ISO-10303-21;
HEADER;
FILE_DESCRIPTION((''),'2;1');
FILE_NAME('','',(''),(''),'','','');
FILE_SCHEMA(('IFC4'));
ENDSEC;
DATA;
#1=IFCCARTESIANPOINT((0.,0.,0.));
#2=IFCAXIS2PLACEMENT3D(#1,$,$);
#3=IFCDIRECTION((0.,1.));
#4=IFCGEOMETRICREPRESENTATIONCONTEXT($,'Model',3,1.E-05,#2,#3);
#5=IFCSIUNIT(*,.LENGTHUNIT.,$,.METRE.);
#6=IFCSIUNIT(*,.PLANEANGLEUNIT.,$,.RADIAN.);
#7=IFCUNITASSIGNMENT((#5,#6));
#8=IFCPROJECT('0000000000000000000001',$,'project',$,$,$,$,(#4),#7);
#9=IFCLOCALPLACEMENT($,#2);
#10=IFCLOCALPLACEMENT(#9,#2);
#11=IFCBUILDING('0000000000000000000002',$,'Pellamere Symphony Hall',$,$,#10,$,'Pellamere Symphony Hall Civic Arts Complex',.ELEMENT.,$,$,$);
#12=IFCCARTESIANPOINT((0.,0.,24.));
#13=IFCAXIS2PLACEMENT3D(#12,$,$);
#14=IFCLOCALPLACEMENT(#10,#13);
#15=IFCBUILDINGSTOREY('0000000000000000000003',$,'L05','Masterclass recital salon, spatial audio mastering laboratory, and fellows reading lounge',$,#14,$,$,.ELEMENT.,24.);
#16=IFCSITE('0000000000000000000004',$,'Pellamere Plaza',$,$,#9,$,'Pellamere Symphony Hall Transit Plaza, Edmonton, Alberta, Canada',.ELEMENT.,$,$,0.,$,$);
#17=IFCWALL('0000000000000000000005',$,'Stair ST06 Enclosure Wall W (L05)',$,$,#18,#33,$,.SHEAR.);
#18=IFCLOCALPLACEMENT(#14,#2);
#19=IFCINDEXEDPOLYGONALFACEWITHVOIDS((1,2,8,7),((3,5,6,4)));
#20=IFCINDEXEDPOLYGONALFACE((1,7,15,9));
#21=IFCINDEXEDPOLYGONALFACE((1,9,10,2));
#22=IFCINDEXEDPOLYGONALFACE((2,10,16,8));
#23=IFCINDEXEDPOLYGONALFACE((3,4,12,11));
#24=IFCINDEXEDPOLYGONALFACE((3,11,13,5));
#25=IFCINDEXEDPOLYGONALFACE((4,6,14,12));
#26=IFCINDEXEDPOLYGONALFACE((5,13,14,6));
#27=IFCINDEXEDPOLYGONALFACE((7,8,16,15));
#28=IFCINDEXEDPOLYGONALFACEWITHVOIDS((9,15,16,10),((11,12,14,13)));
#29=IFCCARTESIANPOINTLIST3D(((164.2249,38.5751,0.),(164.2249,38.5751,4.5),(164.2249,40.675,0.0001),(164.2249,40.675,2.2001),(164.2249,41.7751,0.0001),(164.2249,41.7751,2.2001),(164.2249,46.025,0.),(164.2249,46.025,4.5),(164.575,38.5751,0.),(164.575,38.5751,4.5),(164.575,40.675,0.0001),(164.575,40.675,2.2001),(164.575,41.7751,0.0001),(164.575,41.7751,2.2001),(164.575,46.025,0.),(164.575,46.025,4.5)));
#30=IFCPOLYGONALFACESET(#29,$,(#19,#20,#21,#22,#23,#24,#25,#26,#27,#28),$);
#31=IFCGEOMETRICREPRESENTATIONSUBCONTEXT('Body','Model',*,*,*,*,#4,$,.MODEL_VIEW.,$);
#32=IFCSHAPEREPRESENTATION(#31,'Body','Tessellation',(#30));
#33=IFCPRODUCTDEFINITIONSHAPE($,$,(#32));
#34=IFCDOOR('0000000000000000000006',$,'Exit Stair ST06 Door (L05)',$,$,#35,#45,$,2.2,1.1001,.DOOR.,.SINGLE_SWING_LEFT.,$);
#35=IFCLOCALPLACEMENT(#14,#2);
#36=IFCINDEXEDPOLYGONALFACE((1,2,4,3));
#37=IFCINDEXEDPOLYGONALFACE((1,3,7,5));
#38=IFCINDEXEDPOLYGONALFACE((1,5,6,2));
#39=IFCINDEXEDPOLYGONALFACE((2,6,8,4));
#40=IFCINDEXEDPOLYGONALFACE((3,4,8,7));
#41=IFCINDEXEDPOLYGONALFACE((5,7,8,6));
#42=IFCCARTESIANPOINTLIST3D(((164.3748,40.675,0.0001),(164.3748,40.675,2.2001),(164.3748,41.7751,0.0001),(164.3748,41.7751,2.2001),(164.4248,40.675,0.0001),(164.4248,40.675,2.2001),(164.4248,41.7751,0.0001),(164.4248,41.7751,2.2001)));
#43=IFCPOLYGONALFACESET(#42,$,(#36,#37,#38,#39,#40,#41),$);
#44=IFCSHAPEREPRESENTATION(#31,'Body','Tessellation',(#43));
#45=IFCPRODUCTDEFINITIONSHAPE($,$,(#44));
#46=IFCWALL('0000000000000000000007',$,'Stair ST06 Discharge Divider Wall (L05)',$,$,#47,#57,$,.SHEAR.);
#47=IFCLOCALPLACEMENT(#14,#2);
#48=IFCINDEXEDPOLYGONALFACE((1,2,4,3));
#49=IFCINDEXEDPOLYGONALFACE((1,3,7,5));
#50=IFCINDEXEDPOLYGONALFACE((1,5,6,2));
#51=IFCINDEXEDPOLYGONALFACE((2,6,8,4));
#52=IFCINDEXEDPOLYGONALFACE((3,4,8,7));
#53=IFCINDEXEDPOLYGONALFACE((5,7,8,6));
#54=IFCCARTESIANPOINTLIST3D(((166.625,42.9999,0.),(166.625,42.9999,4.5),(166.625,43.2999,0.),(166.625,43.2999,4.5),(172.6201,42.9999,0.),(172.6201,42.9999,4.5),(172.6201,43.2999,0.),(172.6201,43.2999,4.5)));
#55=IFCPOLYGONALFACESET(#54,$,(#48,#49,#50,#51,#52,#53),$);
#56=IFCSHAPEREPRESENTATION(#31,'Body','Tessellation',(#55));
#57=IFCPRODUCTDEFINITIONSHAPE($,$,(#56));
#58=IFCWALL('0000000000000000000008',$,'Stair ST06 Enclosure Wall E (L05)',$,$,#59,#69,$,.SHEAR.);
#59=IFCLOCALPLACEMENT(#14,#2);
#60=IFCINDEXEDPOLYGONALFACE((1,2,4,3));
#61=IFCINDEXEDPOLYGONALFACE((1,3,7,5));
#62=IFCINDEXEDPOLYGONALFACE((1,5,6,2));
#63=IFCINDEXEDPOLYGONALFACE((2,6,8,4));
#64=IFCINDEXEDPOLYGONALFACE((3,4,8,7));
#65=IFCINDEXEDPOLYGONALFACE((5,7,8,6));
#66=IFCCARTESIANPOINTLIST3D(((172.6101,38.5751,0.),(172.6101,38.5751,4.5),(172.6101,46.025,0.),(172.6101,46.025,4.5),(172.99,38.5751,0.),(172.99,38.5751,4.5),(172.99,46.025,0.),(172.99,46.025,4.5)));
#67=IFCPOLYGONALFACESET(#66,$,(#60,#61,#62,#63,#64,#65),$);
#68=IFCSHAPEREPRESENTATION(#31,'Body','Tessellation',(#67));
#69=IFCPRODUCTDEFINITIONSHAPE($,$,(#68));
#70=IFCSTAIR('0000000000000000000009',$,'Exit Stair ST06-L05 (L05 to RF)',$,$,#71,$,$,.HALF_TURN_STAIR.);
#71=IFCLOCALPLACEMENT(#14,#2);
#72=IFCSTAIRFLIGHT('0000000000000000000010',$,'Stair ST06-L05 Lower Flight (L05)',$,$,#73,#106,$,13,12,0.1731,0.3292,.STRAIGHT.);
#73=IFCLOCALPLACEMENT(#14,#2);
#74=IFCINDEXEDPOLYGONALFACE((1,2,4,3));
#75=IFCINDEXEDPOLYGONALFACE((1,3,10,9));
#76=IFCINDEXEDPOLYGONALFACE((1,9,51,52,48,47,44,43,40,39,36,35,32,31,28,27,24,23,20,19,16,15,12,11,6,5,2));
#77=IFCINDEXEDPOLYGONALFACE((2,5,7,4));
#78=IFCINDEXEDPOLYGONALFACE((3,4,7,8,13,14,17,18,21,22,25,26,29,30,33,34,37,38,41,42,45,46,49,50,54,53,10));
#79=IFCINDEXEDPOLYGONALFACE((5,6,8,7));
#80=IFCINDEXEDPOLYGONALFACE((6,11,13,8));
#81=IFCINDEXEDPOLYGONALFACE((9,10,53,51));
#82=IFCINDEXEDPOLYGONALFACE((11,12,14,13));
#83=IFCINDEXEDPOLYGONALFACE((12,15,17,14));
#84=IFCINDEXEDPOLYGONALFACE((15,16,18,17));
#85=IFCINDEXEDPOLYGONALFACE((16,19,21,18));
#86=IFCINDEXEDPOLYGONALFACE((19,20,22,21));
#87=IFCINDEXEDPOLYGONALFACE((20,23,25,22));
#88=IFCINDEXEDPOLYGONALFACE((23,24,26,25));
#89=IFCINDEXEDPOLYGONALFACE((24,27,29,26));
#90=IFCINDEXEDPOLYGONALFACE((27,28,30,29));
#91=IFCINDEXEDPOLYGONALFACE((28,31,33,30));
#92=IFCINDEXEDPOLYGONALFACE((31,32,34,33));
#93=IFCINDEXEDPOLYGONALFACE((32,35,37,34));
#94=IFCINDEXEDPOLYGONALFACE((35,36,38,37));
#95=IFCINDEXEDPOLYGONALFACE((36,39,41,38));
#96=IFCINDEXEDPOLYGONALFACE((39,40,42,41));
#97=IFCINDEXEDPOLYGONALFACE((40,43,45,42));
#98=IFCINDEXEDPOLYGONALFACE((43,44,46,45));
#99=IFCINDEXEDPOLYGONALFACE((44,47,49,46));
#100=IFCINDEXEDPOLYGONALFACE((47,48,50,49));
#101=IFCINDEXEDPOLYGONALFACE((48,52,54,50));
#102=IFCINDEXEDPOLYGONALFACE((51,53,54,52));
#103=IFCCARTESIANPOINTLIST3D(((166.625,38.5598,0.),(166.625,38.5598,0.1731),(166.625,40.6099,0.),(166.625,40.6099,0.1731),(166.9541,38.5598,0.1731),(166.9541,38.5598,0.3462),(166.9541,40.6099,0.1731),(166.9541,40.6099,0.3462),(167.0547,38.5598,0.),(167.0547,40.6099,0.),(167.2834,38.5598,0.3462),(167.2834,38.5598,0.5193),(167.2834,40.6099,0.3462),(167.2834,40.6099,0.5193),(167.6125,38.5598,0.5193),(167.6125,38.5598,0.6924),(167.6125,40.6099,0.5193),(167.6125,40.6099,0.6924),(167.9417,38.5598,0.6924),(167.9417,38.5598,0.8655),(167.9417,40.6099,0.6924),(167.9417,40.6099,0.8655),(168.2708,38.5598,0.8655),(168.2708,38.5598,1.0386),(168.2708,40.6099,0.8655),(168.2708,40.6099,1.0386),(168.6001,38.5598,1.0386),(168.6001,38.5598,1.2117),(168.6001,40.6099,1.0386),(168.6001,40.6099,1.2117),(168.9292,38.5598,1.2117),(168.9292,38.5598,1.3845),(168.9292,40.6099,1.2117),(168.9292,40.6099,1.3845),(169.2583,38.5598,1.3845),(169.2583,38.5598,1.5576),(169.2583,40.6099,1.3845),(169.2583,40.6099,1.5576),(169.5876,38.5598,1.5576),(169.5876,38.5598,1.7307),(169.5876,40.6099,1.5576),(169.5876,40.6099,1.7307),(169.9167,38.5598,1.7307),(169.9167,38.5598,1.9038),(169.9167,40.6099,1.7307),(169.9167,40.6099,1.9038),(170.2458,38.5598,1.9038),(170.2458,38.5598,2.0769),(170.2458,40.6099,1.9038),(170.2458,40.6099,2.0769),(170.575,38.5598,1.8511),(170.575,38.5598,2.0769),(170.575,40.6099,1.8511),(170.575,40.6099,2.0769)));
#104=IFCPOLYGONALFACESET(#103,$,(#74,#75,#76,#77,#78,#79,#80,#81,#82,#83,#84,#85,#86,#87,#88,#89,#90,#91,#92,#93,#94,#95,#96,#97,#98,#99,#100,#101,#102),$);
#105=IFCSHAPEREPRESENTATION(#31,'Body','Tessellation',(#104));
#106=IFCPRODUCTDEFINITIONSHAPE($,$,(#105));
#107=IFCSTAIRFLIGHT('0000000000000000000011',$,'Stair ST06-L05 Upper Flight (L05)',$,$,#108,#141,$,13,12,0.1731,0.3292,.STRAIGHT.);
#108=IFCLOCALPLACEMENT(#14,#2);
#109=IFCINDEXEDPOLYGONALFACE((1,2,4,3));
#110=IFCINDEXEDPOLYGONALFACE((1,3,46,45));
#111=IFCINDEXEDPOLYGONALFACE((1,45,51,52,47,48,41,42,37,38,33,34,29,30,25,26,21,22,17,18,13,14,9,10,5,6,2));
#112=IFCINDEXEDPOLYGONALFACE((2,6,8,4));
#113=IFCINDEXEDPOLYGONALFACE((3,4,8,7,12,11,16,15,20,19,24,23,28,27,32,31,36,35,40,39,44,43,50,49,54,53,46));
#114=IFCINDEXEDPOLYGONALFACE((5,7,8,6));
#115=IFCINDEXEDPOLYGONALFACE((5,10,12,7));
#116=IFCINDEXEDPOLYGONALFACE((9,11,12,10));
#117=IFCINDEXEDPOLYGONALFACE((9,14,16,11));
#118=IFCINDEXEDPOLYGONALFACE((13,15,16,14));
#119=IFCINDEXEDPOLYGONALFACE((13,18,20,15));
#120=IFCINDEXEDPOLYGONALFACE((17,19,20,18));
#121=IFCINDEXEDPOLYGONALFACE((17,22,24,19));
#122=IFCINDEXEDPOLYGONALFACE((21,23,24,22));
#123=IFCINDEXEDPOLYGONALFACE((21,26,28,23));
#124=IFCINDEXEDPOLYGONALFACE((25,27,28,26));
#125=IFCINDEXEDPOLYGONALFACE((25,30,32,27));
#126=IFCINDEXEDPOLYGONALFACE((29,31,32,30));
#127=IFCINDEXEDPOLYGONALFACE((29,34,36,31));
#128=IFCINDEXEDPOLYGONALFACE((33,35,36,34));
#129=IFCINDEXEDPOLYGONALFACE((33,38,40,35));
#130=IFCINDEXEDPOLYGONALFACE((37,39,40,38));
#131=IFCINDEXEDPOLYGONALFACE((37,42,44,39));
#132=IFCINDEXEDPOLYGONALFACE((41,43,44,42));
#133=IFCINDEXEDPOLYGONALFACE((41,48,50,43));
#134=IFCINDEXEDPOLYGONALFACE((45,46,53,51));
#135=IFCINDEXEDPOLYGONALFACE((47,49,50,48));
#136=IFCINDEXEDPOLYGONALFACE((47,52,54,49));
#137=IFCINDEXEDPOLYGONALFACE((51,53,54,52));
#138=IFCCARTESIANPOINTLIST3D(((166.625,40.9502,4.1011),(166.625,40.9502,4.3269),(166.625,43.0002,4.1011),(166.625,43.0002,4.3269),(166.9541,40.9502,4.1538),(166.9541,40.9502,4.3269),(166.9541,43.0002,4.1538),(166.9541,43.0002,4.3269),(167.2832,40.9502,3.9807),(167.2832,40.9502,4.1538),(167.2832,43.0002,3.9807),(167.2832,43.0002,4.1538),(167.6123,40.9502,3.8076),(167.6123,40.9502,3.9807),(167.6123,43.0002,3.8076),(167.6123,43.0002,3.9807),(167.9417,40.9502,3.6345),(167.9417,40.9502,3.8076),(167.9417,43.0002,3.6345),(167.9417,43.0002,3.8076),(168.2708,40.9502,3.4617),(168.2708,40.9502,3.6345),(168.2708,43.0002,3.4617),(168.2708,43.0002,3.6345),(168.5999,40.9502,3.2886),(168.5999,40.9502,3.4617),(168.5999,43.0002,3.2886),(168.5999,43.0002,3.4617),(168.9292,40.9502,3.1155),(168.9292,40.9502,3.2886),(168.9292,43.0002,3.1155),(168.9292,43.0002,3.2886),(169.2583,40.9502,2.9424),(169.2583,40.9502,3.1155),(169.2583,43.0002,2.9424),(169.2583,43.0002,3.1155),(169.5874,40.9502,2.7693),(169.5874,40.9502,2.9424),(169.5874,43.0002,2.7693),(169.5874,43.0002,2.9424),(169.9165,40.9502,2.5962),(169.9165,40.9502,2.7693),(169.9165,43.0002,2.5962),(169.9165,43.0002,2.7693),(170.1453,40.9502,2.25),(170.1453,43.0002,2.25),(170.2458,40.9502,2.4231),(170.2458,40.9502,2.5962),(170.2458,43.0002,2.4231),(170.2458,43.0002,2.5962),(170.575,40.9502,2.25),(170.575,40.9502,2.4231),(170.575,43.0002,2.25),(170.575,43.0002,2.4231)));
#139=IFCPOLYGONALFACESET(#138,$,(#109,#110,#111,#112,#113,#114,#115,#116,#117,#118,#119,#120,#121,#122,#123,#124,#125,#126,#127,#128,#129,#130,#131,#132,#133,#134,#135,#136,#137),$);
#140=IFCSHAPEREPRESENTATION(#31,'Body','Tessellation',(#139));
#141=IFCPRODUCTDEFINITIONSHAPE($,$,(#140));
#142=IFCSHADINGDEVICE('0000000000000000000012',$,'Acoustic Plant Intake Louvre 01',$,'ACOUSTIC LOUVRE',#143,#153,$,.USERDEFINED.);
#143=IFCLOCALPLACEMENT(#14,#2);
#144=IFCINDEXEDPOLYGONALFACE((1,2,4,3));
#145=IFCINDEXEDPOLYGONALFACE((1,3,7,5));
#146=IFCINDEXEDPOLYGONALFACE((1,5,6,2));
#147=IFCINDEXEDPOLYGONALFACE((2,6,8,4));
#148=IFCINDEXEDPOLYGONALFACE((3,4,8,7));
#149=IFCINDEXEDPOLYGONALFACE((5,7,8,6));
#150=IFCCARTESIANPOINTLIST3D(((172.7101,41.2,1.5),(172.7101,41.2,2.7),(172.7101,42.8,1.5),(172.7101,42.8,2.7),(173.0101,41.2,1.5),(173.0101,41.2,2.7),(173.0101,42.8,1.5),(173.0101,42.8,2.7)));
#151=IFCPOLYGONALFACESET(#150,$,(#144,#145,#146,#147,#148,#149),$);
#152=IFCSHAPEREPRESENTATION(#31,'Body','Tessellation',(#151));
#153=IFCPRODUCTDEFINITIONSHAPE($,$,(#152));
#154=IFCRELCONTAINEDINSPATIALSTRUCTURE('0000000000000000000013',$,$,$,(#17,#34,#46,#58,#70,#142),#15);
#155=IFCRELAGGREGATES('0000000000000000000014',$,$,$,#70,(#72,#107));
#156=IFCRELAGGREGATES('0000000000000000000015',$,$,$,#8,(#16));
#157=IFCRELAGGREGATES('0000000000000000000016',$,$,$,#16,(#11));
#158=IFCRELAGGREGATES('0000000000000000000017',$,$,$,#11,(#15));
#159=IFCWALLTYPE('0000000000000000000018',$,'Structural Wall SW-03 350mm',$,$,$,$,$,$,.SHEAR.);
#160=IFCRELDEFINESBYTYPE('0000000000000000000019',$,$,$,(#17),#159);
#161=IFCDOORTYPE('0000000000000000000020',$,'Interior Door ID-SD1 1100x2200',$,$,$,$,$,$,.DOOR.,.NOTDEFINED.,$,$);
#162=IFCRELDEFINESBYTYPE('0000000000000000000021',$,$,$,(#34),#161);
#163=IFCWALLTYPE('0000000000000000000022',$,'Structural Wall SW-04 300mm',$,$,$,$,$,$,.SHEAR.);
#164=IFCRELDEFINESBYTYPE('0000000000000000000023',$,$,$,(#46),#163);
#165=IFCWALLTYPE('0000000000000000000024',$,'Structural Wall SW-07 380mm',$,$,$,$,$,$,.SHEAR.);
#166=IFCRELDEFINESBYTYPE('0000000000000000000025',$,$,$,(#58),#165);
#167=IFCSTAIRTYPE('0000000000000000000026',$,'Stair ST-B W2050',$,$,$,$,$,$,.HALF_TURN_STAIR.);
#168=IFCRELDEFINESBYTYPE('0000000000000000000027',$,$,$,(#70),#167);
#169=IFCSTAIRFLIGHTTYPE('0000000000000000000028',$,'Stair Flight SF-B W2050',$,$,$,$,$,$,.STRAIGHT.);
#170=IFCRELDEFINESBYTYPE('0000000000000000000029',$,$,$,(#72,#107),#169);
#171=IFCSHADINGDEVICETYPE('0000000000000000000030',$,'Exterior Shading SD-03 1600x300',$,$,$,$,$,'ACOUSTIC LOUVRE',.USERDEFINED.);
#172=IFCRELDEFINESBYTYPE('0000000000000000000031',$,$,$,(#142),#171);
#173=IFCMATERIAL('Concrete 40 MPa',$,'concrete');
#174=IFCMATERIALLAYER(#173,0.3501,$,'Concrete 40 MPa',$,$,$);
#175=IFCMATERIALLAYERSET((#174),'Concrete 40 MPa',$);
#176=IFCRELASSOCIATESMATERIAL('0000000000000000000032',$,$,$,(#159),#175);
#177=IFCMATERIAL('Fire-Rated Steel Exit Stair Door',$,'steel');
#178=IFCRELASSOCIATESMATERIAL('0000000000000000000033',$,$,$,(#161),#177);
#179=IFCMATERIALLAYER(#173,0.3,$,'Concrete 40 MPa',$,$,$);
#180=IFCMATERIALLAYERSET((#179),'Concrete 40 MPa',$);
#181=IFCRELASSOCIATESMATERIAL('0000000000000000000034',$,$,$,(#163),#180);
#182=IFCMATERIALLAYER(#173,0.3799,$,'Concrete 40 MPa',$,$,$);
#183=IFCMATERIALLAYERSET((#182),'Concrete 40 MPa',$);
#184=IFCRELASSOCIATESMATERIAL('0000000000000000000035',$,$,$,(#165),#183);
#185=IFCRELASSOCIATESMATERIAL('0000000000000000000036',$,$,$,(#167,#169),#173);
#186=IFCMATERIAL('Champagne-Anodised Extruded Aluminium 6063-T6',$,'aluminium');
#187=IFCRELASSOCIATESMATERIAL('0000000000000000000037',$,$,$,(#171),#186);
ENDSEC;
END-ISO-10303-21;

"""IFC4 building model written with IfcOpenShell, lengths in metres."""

from ifc_helpers import new_model, si_unit, direction, frame, frame_2d, origin, origin_2d, place, context, subcontext, project, spatial, polyline, rectangle, outline, extrude, material, layer, layer_set, type_object, element, fill, aggregate, save


model = new_model("IFC4")

# Units and contexts
model_context = context("Model", 3, precision=1e-05, world=origin(), true_north=direction((0.0, 1.0)))
body_context = subcontext(model_context, "Body", "Model", "MODEL_VIEW")
ifc_project = project(units=[si_unit("LENGTHUNIT", "METRE"), si_unit("PLANEANGLEUNIT", "RADIAN")], contexts=[model_context])

# Site, building, storey
site_placement = place(None, origin())
site = spatial("IfcSite", under=ifc_project, at=site_placement, Name="Pellamere Plaza", LongName="Pellamere Symphony Hall Transit Plaza, Edmonton, Alberta, Canada", CompositionType="ELEMENT", RefElevation=0.0)
building_placement = place(site_placement, origin())
building = spatial("IfcBuilding", under=site, at=building_placement, Name="Pellamere Symphony Hall", LongName="Pellamere Symphony Hall Civic Arts Complex", CompositionType="ELEMENT")
storey_placement = place(building_placement, frame((0.0, 0.0, 24.0)))
storey = spatial("IfcBuildingStorey", under=building, at=storey_placement, Name="L05", Description="Masterclass recital salon, spatial audio mastering laboratory, and fellows reading lounge", CompositionType="ELEMENT", Elevation=24.0)

# Shared definitions
ifc_material_1 = material(Name="Concrete 40 MPa", Category="concrete")

# Shared definitions
ifc_layer_1 = layer(ifc_material_1, 0.3501, Name="Concrete 40 MPa")
ifc_layer_set_1 = layer_set([ifc_layer_1], Name="Concrete 40 MPa")
wall_type_1 = type_object("IfcWallType", Name="Structural Wall SW-03 350mm", PredefinedType="SHEAR", material=ifc_layer_set_1)

# Wall, opening, door
wall_1_placement = place(storey_placement, frame((164.3999, 38.575, 0.0), z_axis=(0.0, 0.0, 1.0), x_axis=(0.0, 1.0, 0.0)))
wall_1 = element("IfcWall", 1, at=wall_1_placement, inside=storey, type_object=wall_type_1, Name="Stair ST06 Enclosure Wall W (L05)", PredefinedType="SHEAR", context=body_context, shape_type="SweptSolid", body=[
    extrude(rectangle(XDim=7.45, YDim=0.3501, at=frame_2d((3.7251, 0.0))), origin(), (0.0, 0.0, 1.0), 4.5),
])
opening_1_placement = place(wall_1_placement, frame((2.1001, 0.0, 0.0)))
opening_1 = element("IfcOpeningElement", 2, at=opening_1_placement, cuts=wall_1, PredefinedType="OPENING", context=body_context, shape_type="SweptSolid", body=[
    extrude(rectangle(XDim=1.1001, YDim=2.2, at=frame_2d((0.55, 1.1001))), frame((0.0, 0.1851, 0.0), z_axis=(0.0, -1.0, 0.0), x_axis=(1.0, 0.0, 0.0)), (0.0, 0.0, 1.0), 0.3701),
])
ifc_material_2 = material(Name="Fire-Rated Steel Exit Stair Door", Category="steel")
door_type = type_object("IfcDoorType", Name="Interior Door ID-SD1 1100x2200", OperationType="NOTDEFINED", PredefinedType="DOOR", material=ifc_material_2)
door_placement = place(opening_1_placement, frame((1.1001, 0.0, 0.0), z_axis=(0.0, 0.0, 1.0), x_axis=(-1.0, 0.0, 0.0)))
door = element("IfcDoor", 3, at=door_placement, inside=storey, type_object=door_type, Name="Exit Stair ST06 Door (L05)", OperationType="SINGLE_SWING_LEFT", OverallHeight=2.2, OverallWidth=1.1001, PredefinedType="DOOR", context=body_context, shape_type="SweptSolid", body=[
    extrude(rectangle(XDim=1.1001, YDim=2.2, at=frame_2d((0.55, 1.1001))), frame((0.0, 0.0249, 0.0), z_axis=(0.0, -1.0, 0.0), x_axis=(1.0, 0.0, 0.0)), (0.0, 0.0, 1.0), 0.05),
])
fill(opening_1, door)

# Walls
ifc_layer_2 = layer(ifc_material_1, 0.3, Name="Concrete 40 MPa")
ifc_layer_set_2 = layer_set([ifc_layer_2], Name="Concrete 40 MPa")
wall_type_2 = type_object("IfcWallType", Name="Structural Wall SW-04 300mm", PredefinedType="SHEAR", material=ifc_layer_set_2)
wall_2_placement = place(storey_placement, frame((166.625, 43.1499, 0.0), z_axis=(0.0, 0.0, 1.0), x_axis=(1.0, 0.0, 0.0)))
element("IfcWall", 4, at=wall_2_placement, inside=storey, type_object=wall_type_2, Name="Stair ST06 Discharge Divider Wall (L05)", PredefinedType="SHEAR", context=body_context, shape_type="SweptSolid", body=[
    extrude(rectangle(XDim=5.9951, YDim=0.3, at=frame_2d((2.9976, 0.0))), origin(), (0.0, 0.0, 1.0), 4.5),
])
ifc_layer_3 = layer(ifc_material_1, 0.3799, Name="Concrete 40 MPa")
ifc_layer_set_3 = layer_set([ifc_layer_3], Name="Concrete 40 MPa")
wall_type_3 = type_object("IfcWallType", Name="Structural Wall SW-07 380mm", PredefinedType="SHEAR", material=ifc_layer_set_3)
wall_3_placement = place(storey_placement, frame((172.8, 38.575, 0.0), z_axis=(0.0, 0.0, 1.0), x_axis=(0.0, 1.0, 0.0)))
element("IfcWall", 5, at=wall_3_placement, inside=storey, type_object=wall_type_3, Name="Stair ST06 Enclosure Wall E (L05)", PredefinedType="SHEAR", context=body_context, shape_type="SweptSolid", body=[
    extrude(rectangle(XDim=7.45, YDim=0.3799, at=frame_2d((3.7251, 0.0))), origin(), (0.0, 0.0, 1.0), 4.5),
])

# Stair, stair flights
stair_type = type_object("IfcStairType", Name="Stair ST-B W2050", PredefinedType="HALF_TURN_STAIR", material=ifc_material_1)
stair_placement = place(storey_placement, origin())
stair = element("IfcStair", 6, at=stair_placement, inside=storey, type_object=stair_type, Name="Exit Stair ST06-L05 (L05 to RF)", PredefinedType="HALF_TURN_STAIR")
stair_flight_type = type_object("IfcStairFlightType", Name="Stair Flight SF-B W2050", PredefinedType="STRAIGHT", material=ifc_material_1)
stair_flight_1_placement = place(storey_placement, frame((166.625, 39.585, 0.0), z_axis=(0.0, 0.0, 1.0), x_axis=(1.0, 0.0, 0.0)))
stair_flight_1 = element("IfcStairFlight", 7, at=stair_flight_1_placement, type_object=stair_flight_type, Name="Stair ST06-L05 Lower Flight (L05)", NumberOfRisers=13, NumberOfTreads=12, PredefinedType="STRAIGHT", RiserHeight=0.1731, TreadLength=0.3292, context=body_context, shape_type="SweptSolid", body=[
    extrude(outline(polyline([(0.0, 0.0), (0.0, 0.1731), (0.3291, 0.1731), (0.3291, 0.3462), (0.6584, 0.3462), (0.6584, 0.5193), (0.9875, 0.5193), (0.9875, 0.6924), (1.3167, 0.6924), (1.3167, 0.8655), (1.6458, 0.8655), (1.6458, 1.0386), (1.9751, 1.0386), (1.9751, 1.2117), (2.3042, 1.2117), (2.3042, 1.3845), (2.6333, 1.3845), (2.6333, 1.5576), (2.9626, 1.5576), (2.9626, 1.7307), (3.2917, 1.7307), (3.2917, 1.9038), (3.6208, 1.9038), (3.6208, 2.0769), (3.95, 2.0769), (3.95, 2.25), (3.95, 1.8511), (0.4297, 0.0), (0.0, 0.0)])), frame((0.0, 1.0249, 0.0), z_axis=(0.0, -1.0, 0.0), x_axis=(1.0, 0.0, 0.0)), (0.0, 0.0, 1.0), 2.05),
])
stair_flight_2_placement = place(storey_placement, frame((170.575, 41.9751, 2.25), z_axis=(0.0, 0.0, 1.0), x_axis=(-1.0, 0.0, 0.0)))
stair_flight_2 = element("IfcStairFlight", 8, at=stair_flight_2_placement, type_object=stair_flight_type, Name="Stair ST06-L05 Upper Flight (L05)", NumberOfRisers=13, NumberOfTreads=12, PredefinedType="STRAIGHT", RiserHeight=0.1731, TreadLength=0.3292, context=body_context, shape_type="SweptSolid", body=[
    extrude(outline(polyline([(0.0, 0.0), (0.0, 0.1731), (0.3291, 0.1731), (0.3291, 0.3462), (0.6584, 0.3462), (0.6584, 0.5193), (0.9875, 0.5193), (0.9875, 0.6924), (1.3167, 0.6924), (1.3167, 0.8655), (1.6458, 0.8655), (1.6458, 1.0386), (1.9751, 1.0386), (1.9751, 1.2117), (2.3042, 1.2117), (2.3042, 1.3845), (2.6333, 1.3845), (2.6333, 1.5576), (2.9626, 1.5576), (2.9626, 1.7307), (3.2917, 1.7307), (3.2917, 1.9038), (3.6208, 1.9038), (3.6208, 2.0769), (3.95, 2.0769), (3.95, 2.25), (3.95, 1.8511), (0.4297, 0.0), (0.0, 0.0)])), frame((0.0, 1.0249, 0.0), z_axis=(0.0, -1.0, 0.0), x_axis=(1.0, 0.0, 0.0)), (0.0, 0.0, 1.0), 2.05),
])
aggregate(stair, [stair_flight_1, stair_flight_2])

# Shading device
ifc_material_3 = material(Name="Champagne-Anodised Extruded Aluminium 6063-T6", Category="aluminium")
shading_device_type = type_object("IfcShadingDeviceType", Name="Exterior Shading SD-03 1600x300", ElementType="ACOUSTIC LOUVRE", PredefinedType="USERDEFINED", material=ifc_material_3)
shading_device_placement = place(storey_placement, frame((172.8601, 42.0, 1.5), z_axis=(0.0, 0.0, 1.0), x_axis=(1.0, 0.0, 0.0)))
element("IfcShadingDevice", 9, at=shading_device_placement, inside=storey, type_object=shading_device_type, Name="Acoustic Plant Intake Louvre 01", ObjectType="ACOUSTIC LOUVRE", PredefinedType="USERDEFINED", context=body_context, shape_type="SweptSolid", body=[
    extrude(rectangle(XDim=0.3, YDim=1.6001, at=origin_2d()), origin(), (0.0, 0.0, 1.0), 1.2),
])

save(model, "model.ifc")
